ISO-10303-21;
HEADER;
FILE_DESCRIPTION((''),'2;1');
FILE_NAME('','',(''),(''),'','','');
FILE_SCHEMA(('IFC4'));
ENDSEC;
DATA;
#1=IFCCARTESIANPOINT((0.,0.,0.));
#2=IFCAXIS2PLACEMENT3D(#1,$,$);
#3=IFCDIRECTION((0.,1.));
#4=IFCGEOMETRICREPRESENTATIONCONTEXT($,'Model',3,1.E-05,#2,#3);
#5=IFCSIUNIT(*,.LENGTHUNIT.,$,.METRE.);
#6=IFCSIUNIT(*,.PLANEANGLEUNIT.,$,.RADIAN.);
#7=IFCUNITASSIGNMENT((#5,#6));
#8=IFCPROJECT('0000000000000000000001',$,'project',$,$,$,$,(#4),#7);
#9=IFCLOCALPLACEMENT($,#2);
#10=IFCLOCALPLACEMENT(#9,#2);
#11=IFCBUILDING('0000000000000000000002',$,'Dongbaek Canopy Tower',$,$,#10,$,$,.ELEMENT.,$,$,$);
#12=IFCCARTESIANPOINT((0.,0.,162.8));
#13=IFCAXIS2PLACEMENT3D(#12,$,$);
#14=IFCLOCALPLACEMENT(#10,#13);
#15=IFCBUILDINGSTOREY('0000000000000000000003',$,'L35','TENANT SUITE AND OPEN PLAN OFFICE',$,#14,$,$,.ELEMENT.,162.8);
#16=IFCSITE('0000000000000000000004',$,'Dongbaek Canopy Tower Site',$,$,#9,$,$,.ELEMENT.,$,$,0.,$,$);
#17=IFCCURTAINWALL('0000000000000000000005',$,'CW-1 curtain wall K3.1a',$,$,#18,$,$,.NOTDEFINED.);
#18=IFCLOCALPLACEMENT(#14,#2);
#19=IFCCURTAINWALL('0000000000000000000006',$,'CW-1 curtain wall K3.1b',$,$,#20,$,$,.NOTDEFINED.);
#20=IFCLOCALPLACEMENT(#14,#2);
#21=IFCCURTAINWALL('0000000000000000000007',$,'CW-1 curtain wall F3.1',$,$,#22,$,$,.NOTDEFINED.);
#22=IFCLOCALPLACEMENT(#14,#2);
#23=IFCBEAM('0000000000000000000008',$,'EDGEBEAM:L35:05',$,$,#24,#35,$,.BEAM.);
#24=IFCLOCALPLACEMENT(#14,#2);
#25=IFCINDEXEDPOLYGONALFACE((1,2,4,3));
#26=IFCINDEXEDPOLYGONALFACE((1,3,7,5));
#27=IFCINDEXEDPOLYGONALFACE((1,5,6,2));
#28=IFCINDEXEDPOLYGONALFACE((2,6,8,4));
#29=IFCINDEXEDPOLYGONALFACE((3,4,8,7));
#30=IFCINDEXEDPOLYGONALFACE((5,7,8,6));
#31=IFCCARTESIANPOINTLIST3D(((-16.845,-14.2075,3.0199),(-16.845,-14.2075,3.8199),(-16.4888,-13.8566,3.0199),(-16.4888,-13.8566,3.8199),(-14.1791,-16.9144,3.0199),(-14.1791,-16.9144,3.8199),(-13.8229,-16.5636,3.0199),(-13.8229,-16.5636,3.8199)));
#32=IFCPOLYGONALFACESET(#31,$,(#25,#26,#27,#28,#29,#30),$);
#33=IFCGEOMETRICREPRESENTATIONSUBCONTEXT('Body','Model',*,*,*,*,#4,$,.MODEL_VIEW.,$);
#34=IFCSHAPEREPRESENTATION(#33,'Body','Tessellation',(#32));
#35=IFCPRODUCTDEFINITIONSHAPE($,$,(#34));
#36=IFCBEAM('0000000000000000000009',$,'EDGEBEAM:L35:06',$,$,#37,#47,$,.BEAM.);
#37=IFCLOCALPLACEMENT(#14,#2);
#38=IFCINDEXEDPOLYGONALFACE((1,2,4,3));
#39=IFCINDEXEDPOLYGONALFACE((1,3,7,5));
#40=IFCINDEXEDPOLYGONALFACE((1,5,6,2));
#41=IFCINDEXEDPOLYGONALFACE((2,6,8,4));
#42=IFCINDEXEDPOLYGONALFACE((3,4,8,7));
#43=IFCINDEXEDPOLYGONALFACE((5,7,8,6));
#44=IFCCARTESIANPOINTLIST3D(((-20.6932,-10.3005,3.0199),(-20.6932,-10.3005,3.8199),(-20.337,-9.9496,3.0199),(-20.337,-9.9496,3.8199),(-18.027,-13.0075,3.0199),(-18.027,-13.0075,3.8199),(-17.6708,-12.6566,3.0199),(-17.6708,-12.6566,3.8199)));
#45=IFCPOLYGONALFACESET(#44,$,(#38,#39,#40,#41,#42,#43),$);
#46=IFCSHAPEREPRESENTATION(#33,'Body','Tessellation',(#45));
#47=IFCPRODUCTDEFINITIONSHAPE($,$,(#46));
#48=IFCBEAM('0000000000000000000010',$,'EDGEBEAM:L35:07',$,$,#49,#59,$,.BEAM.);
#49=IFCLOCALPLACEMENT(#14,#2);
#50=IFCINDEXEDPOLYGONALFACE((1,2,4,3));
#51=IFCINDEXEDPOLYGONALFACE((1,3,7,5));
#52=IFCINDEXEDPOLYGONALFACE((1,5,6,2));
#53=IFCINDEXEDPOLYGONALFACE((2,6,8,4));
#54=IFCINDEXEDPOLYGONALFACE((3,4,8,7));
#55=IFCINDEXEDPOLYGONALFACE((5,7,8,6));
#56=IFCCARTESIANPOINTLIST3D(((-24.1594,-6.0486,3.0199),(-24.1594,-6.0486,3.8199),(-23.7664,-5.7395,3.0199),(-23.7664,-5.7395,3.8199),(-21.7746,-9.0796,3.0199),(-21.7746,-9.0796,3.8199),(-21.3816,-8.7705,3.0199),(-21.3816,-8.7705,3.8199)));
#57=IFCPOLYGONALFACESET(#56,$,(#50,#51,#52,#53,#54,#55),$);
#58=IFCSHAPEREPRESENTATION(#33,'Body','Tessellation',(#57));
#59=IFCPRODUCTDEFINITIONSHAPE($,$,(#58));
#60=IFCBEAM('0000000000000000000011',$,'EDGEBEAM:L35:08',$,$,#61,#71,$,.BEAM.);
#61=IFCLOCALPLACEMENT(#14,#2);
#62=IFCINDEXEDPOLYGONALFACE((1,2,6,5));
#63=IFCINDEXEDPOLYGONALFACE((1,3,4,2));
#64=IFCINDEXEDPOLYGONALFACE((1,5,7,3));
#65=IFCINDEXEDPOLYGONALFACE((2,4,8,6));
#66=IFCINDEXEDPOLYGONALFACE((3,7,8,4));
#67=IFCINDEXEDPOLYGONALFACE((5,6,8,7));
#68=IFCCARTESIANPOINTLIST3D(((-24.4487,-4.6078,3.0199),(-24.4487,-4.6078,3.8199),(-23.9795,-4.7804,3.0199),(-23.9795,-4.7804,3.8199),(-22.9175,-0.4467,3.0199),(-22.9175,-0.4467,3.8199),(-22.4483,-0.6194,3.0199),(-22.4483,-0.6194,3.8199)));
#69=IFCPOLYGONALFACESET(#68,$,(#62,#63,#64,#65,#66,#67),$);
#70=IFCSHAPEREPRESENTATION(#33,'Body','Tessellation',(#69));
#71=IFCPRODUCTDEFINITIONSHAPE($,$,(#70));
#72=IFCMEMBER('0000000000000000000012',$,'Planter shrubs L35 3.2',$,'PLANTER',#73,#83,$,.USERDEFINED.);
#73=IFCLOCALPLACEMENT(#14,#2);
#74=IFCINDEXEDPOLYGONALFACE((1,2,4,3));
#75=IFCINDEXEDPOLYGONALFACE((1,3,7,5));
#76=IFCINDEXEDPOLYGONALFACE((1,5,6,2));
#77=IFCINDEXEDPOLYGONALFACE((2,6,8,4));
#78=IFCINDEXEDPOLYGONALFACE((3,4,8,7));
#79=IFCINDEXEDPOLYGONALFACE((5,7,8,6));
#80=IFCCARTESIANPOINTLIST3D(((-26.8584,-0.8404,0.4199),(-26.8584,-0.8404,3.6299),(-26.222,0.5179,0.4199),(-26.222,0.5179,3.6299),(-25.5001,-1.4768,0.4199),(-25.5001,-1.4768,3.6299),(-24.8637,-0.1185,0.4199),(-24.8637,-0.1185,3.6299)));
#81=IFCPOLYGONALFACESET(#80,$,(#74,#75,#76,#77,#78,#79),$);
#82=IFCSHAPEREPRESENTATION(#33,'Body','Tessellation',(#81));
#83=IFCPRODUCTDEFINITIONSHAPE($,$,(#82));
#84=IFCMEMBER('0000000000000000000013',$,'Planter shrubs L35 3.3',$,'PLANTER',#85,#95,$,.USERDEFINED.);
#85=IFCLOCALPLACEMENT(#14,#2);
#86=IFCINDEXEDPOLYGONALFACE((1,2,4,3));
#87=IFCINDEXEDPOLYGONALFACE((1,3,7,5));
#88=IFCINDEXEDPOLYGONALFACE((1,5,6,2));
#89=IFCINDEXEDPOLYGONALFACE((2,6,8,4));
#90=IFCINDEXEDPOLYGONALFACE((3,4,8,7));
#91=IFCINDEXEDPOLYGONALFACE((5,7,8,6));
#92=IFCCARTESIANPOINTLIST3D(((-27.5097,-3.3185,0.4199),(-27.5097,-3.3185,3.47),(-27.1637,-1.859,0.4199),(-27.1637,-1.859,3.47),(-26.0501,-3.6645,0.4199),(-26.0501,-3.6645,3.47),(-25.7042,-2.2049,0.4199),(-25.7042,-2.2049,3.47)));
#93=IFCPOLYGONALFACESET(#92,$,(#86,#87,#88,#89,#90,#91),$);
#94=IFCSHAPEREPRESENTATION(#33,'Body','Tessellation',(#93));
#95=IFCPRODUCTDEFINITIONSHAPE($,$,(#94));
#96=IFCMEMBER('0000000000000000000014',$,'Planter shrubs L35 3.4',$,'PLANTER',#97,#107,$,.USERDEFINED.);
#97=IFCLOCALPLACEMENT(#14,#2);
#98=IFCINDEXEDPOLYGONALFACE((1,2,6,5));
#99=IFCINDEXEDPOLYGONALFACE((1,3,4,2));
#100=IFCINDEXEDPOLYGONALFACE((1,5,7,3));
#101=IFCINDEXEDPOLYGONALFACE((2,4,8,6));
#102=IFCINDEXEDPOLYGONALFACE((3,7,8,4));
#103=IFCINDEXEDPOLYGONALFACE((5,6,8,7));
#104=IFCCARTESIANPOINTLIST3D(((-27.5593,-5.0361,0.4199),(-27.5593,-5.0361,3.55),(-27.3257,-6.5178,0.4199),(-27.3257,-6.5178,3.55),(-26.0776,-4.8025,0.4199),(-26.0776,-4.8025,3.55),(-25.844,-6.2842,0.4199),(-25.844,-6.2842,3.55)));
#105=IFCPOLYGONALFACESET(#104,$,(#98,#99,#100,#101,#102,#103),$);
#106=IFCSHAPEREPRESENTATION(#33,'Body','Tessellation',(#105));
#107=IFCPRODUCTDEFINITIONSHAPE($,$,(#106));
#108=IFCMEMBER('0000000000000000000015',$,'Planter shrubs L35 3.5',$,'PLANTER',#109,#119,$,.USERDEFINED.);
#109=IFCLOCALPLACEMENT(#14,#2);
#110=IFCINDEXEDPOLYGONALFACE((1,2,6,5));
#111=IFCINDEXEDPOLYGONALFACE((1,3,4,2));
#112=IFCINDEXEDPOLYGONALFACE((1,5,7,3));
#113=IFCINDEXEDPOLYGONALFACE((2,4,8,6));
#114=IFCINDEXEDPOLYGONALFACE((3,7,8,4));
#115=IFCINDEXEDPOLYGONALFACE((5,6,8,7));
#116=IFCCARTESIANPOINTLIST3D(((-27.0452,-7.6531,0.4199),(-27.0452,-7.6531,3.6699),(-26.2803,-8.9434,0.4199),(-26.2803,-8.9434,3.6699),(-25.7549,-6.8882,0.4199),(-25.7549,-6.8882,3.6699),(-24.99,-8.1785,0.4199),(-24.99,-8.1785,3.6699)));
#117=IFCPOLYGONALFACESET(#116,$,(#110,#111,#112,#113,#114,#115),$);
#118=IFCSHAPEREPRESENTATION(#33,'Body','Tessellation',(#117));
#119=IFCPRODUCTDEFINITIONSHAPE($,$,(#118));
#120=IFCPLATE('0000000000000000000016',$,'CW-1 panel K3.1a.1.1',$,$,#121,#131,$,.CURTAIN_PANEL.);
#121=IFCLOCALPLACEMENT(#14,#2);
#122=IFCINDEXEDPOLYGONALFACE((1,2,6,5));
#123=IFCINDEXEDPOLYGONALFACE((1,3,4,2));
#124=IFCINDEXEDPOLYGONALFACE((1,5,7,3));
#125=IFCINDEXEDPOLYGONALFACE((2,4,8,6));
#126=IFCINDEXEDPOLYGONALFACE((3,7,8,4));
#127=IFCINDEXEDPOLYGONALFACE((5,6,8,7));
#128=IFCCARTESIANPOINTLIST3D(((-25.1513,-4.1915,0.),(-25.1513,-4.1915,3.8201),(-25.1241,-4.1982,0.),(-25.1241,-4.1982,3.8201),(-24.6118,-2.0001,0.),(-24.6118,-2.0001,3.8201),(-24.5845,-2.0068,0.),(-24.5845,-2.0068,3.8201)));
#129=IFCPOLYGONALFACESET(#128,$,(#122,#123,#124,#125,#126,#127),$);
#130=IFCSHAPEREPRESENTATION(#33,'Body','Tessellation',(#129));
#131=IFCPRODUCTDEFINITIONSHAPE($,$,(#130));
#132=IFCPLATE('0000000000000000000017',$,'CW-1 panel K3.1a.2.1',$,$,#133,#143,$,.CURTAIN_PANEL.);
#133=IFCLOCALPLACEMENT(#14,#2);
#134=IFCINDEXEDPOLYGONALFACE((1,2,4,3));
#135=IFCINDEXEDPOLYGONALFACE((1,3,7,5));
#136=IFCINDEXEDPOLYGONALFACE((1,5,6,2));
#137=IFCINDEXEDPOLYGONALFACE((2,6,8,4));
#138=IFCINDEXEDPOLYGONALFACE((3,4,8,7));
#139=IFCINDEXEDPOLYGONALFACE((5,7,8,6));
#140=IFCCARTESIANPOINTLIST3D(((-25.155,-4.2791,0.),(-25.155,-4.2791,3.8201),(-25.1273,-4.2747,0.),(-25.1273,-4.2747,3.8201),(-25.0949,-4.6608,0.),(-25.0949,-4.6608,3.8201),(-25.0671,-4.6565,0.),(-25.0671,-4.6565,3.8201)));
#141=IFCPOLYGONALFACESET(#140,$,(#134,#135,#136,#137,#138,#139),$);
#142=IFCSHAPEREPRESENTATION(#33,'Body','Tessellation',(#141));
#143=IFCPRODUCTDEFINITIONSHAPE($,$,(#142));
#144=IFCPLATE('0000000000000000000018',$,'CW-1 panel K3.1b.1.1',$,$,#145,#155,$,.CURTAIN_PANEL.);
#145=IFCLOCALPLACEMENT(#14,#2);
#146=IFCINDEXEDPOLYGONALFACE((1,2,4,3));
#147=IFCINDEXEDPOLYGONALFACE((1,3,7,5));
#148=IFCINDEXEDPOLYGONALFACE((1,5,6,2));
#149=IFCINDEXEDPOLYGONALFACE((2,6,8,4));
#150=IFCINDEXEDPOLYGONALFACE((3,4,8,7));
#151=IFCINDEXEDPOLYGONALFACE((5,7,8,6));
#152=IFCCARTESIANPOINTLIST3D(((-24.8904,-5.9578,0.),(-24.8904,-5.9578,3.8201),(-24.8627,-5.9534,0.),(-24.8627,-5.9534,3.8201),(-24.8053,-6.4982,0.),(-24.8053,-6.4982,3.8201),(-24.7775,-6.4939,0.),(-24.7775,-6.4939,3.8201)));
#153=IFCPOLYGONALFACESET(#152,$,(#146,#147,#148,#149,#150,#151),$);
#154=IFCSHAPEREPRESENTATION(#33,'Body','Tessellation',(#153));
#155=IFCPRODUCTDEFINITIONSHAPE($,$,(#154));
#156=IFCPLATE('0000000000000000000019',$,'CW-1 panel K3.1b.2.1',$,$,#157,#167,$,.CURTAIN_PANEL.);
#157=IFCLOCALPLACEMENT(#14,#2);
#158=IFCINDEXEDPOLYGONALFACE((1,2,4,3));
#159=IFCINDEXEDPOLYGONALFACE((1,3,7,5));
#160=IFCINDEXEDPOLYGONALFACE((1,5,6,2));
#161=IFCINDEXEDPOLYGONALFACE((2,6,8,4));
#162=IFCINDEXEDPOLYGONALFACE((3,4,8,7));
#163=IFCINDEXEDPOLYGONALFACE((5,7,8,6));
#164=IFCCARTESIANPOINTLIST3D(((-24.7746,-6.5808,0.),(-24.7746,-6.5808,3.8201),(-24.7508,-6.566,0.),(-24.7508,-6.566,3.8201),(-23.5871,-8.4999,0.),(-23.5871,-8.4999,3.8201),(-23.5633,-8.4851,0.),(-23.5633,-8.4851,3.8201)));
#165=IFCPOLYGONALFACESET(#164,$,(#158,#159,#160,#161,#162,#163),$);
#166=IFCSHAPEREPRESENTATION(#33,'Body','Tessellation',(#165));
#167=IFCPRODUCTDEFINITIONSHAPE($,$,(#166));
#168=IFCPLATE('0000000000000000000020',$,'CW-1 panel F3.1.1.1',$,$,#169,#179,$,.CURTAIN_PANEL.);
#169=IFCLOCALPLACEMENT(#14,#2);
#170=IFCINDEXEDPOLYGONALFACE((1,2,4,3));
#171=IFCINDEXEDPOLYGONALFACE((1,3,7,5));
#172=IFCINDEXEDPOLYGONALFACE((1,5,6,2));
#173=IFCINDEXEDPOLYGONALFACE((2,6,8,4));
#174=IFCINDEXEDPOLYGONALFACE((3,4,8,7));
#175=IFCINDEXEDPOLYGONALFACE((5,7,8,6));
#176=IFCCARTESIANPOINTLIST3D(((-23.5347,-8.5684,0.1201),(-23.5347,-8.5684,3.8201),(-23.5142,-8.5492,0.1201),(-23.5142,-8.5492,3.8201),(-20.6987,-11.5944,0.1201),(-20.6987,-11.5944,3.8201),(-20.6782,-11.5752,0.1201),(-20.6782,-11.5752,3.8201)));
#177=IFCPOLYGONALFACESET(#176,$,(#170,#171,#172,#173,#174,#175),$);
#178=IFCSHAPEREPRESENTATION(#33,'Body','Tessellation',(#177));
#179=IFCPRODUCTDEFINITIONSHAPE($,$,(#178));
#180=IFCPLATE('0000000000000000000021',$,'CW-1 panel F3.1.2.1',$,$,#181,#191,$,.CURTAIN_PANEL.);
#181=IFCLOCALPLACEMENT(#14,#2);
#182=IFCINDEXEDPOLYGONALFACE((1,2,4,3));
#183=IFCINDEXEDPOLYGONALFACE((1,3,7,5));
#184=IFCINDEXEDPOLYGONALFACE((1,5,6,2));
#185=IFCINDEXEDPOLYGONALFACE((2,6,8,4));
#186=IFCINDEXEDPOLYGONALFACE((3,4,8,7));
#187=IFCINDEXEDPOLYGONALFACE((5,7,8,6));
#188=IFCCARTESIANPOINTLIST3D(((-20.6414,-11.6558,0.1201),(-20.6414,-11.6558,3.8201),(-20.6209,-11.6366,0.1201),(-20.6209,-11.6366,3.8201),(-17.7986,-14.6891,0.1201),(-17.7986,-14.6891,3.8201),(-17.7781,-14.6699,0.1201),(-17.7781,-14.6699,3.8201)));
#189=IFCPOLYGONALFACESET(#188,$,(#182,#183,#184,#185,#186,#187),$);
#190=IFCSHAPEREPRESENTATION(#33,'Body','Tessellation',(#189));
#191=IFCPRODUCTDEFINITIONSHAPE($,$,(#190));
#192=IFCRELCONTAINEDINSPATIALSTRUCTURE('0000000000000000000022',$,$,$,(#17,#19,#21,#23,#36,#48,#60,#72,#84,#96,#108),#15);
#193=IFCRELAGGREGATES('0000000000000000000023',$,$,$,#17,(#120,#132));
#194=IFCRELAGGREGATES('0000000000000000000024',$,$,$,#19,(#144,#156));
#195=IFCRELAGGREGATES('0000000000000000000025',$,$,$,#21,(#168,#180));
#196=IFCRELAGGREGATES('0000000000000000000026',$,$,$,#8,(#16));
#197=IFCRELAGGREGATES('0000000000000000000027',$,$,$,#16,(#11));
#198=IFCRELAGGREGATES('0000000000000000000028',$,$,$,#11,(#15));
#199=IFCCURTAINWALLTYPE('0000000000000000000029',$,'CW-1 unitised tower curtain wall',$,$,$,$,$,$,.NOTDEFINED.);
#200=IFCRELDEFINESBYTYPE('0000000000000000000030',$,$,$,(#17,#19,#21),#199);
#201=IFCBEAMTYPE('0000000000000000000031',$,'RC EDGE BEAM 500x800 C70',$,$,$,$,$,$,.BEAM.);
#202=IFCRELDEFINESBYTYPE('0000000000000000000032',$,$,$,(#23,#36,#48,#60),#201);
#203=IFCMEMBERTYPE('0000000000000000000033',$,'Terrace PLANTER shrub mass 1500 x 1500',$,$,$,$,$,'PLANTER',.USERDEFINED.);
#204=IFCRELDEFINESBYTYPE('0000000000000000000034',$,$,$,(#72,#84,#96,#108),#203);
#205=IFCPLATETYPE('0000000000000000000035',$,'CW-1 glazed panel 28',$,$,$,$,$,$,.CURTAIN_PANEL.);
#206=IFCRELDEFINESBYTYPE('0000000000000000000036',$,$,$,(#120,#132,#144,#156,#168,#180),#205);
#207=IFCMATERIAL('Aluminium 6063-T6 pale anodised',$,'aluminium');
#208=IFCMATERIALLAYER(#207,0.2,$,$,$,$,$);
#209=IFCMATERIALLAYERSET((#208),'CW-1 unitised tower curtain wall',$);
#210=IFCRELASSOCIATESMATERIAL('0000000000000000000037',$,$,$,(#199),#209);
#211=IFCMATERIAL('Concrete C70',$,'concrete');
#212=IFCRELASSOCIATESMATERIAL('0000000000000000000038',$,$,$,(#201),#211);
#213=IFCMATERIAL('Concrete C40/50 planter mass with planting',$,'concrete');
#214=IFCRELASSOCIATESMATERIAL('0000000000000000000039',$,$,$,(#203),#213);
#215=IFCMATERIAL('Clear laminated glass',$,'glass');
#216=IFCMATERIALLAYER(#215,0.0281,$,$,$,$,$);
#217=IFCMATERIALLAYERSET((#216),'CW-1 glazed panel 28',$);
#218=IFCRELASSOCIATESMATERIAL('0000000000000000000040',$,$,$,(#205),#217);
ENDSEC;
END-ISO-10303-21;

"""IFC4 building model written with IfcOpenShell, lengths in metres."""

from ifc_helpers import new_model, si_unit, direction, frame, origin, origin_2d, place, context, subcontext, project, spatial, rectangle, extrude, material, layer, layer_set, material_profile, profile_set, type_object, element, aggregate, save


model = new_model("IFC4")

# Units and contexts
model_context = context("Model", 3, precision=1e-05, world=origin(), true_north=direction((0.0, 1.0)))
body_context = subcontext(model_context, "Body", "Model", "MODEL_VIEW")
ifc_project = project(units=[si_unit("LENGTHUNIT", "METRE"), si_unit("PLANEANGLEUNIT", "RADIAN")], contexts=[model_context])

# Site, building, storey
site_placement = place(None, origin())
site = spatial("IfcSite", under=ifc_project, at=site_placement, Name="Dongbaek Canopy Tower Site", CompositionType="ELEMENT", RefElevation=0.0)
building_placement = place(site_placement, origin())
building = spatial("IfcBuilding", under=site, at=building_placement, Name="Dongbaek Canopy Tower", CompositionType="ELEMENT")
storey_placement = place(building_placement, frame((0.0, 0.0, 162.8)))
storey = spatial("IfcBuildingStorey", under=building, at=storey_placement, Name="L35", Description="TENANT SUITE AND OPEN PLAN OFFICE", CompositionType="ELEMENT", Elevation=162.8)

# Curtain walls
ifc_material_1 = material(Name="Aluminium 6063-T6 pale anodised", Category="aluminium")
ifc_layer_1 = layer(ifc_material_1, 0.2)
ifc_layer_set_1 = layer_set([ifc_layer_1], Name="CW-1 unitised tower curtain wall")
curtain_wall_type = type_object("IfcCurtainWallType", Name="CW-1 unitised tower curtain wall", PredefinedType="NOTDEFINED", material=ifc_layer_set_1)
curtain_wall_1_placement = place(storey_placement, origin())
curtain_wall_1 = element("IfcCurtainWall", 1, at=curtain_wall_1_placement, inside=storey, type_object=curtain_wall_type, Name="CW-1 curtain wall K3.1a", PredefinedType="NOTDEFINED")
curtain_wall_2_placement = place(storey_placement, origin())
curtain_wall_2 = element("IfcCurtainWall", 2, at=curtain_wall_2_placement, inside=storey, type_object=curtain_wall_type, Name="CW-1 curtain wall K3.1b", PredefinedType="NOTDEFINED")
curtain_wall_3_placement = place(storey_placement, origin())
curtain_wall_3 = element("IfcCurtainWall", 3, at=curtain_wall_3_placement, inside=storey, type_object=curtain_wall_type, Name="CW-1 curtain wall F3.1", PredefinedType="NOTDEFINED")

# Beams
ifc_material_2 = material(Name="Concrete C70", Category="concrete")
ifc_material_profile_1 = material_profile(ifc_material_2, rectangle(XDim=0.5, YDim=0.8, at=origin_2d()), Name="RC EDGE BEAM 500x800 C70")
ifc_profile_set_1 = profile_set([ifc_material_profile_1], Name="Concrete C70")
beam_type = type_object("IfcBeamType", Name="RC EDGE BEAM 500x800 C70", PredefinedType="BEAM", material=ifc_profile_set_1)
beam_1_placement = place(storey_placement, frame((-14.001, -16.739, 3.4199), z_axis=(-0.701689, 0.712484, 0.0), x_axis=(-0.712484, -0.701689, 0.0)))
element("IfcBeam", 4, at=beam_1_placement, inside=storey, type_object=beam_type, Name="EDGEBEAM:L35:05", PredefinedType="BEAM", context=body_context, shape_type="SweptSolid", body=[
    extrude(rectangle(XDim=0.5, YDim=0.8, at=origin_2d()), origin(), (0.0, 0.0, 1.0), 3.7993),
])
beam_2_placement = place(storey_placement, frame((-17.8489, -12.832, 3.4199), z_axis=(-0.701721, 0.712452, 0.0), x_axis=(-0.712452, -0.701721, 0.0)))
element("IfcBeam", 5, at=beam_2_placement, inside=storey, type_object=beam_type, Name="EDGEBEAM:L35:06", PredefinedType="BEAM", context=body_context, shape_type="SweptSolid", body=[
    extrude(rectangle(XDim=0.5, YDim=0.8, at=origin_2d()), origin(), (0.0, 0.0, 1.0), 3.7996),
])
beam_3_placement = place(storey_placement, frame((-21.5781, -8.925, 3.4199), z_axis=(-0.618344, 0.785907, 0.0), x_axis=(-0.785907, -0.618344, 0.0)))
element("IfcBeam", 6, at=beam_3_placement, inside=storey, type_object=beam_type, Name="EDGEBEAM:L35:07", PredefinedType="BEAM", context=body_context, shape_type="SweptSolid", body=[
    extrude(rectangle(XDim=0.5, YDim=0.8, at=origin_2d()), origin(), (0.0, 0.0, 1.0), 3.8567),
])
beam_4_placement = place(storey_placement, frame((-24.2141, -4.6941, 3.4199), z_axis=(0.345348, 0.938475, 0.0), x_axis=(-0.938475, 0.345348, 0.0)))
element("IfcBeam", 7, at=beam_4_placement, inside=storey, type_object=beam_type, Name="EDGEBEAM:L35:08", PredefinedType="BEAM", context=body_context, shape_type="SweptSolid", body=[
    extrude(rectangle(XDim=0.5, YDim=0.8, at=origin_2d()), origin(), (0.0, 0.0, 1.0), 4.4338),
])

# Members
ifc_material_3 = material(Name="Concrete C40/50 planter mass with planting", Category="concrete")
ifc_material_profile_2 = material_profile(ifc_material_3, rectangle(XDim=1.5, YDim=1.5, at=origin_2d()), Name="Terrace PLANTER shrub mass 1500 x 1500")
ifc_profile_set_2 = profile_set([ifc_material_profile_2], Name="Concrete C40/50 planter mass with planting")
member_type_1 = type_object("IfcMemberType", Name="Terrace PLANTER shrub mass 1500 x 1500", ElementType="PLANTER", PredefinedType="USERDEFINED", material=ifc_profile_set_2)
member_1_placement = place(storey_placement, frame((-25.8611, -0.4795, 0.4199), z_axis=(0.0, 0.0, 1.0), x_axis=(-0.905534, 0.424273, 0.0)))
element("IfcMember", 8, at=member_1_placement, inside=storey, type_object=member_type_1, Name="Planter shrubs L35 3.2", ObjectType="PLANTER", PredefinedType="USERDEFINED", context=body_context, shape_type="SweptSolid", body=[
    extrude(rectangle(XDim=1.5, YDim=1.5, at=origin_2d()), origin(), (0.0, 0.0, 1.0), 3.21),
])
member_2_placement = place(storey_placement, frame((-26.6069, -2.7617, 0.4199), z_axis=(0.0, 0.0, 1.0), x_axis=(-0.973042, 0.23063, 0.0)))
element("IfcMember", 9, at=member_2_placement, inside=storey, type_object=member_type_1, Name="Planter shrubs L35 3.3", ObjectType="PLANTER", PredefinedType="USERDEFINED", context=body_context, shape_type="SweptSolid", body=[
    extrude(rectangle(XDim=1.5, YDim=1.5, at=origin_2d()), origin(), (0.0, 0.0, 1.0), 3.05),
])
member_3_placement = place(storey_placement, frame((-26.7017, -5.6602, 0.4199), z_axis=(0.0, 0.0, 1.0), x_axis=(-0.987803, -0.15571, 0.0)))
element("IfcMember", 10, at=member_3_placement, inside=storey, type_object=member_type_1, Name="Planter shrubs L35 3.4", ObjectType="PLANTER", PredefinedType="USERDEFINED", context=body_context, shape_type="SweptSolid", body=[
    extrude(rectangle(XDim=1.5, YDim=1.5, at=origin_2d()), origin(), (0.0, 0.0, 1.0), 3.1301),
])
member_4_placement = place(storey_placement, frame((-26.0176, -7.9158, 0.4199), z_axis=(0.0, 0.0, 1.0), x_axis=(-0.860205, -0.509949, 0.0)))
element("IfcMember", 11, at=member_4_placement, inside=storey, type_object=member_type_1, Name="Planter shrubs L35 3.5", ObjectType="PLANTER", PredefinedType="USERDEFINED", context=body_context, shape_type="SweptSolid", body=[
    extrude(rectangle(XDim=1.5, YDim=1.5, at=origin_2d()), origin(), (0.0, 0.0, 1.0), 3.25),
])

# Plates
ifc_material_4 = material(Name="Clear laminated glass", Category="glass")
ifc_layer_2 = layer(ifc_material_4, 0.0281)
ifc_layer_set_2 = layer_set([ifc_layer_2], Name="CW-1 glazed panel 28")
plate_type = type_object("IfcPlateType", Name="CW-1 glazed panel 28", PredefinedType="CURTAIN_PANEL", material=ifc_layer_set_2)
plate_1_placement = place(storey_placement, frame((-24.8679, -3.0991, 0.0), z_axis=(0.0, 0.0, 1.0), x_axis=(-0.239077, -0.971001, 0.0)))
plate_1 = element("IfcPlate", 12, at=plate_1_placement, type_object=plate_type, Name="CW-1 panel K3.1a.1.1", PredefinedType="CURTAIN_PANEL", context=body_context, shape_type="SweptSolid", body=[
    extrude(rectangle(XDim=2.2568, YDim=0.0281, at=origin_2d()), origin(), (0.0, 0.0, 1.0), 3.8201),
])
plate_2_placement = place(storey_placement, frame((-25.1111, -4.4678, 0.0), z_axis=(0.0, 0.0, 1.0), x_axis=(0.15571, -0.987803, 0.0)))
plate_2 = element("IfcPlate", 13, at=plate_2_placement, type_object=plate_type, Name="CW-1 panel K3.1a.2.1", PredefinedType="CURTAIN_PANEL", context=body_context, shape_type="SweptSolid", body=[
    extrude(rectangle(XDim=0.3865, YDim=0.0281, at=origin_2d()), origin(), (0.0, 0.0, 1.0), 3.8201),
])
aggregate(curtain_wall_1, [plate_1, plate_2])
plate_3_placement = place(storey_placement, frame((-24.834, -6.2258, 0.0), z_axis=(0.0, 0.0, 1.0), x_axis=(0.15571, -0.987803, 0.0)))
plate_3 = element("IfcPlate", 14, at=plate_3_placement, type_object=plate_type, Name="CW-1 panel K3.1b.1.1", PredefinedType="CURTAIN_PANEL", context=body_context, shape_type="SweptSolid", body=[
    extrude(rectangle(XDim=0.5471, YDim=0.0281, at=origin_2d()), origin(), (0.0, 0.0, 1.0), 3.8201),
])
plate_4_placement = place(storey_placement, frame((-24.1689, -7.533, 0.0), z_axis=(0.0, 0.0, 1.0), x_axis=(0.526184, -0.85037, 0.0)))
plate_4 = element("IfcPlate", 15, at=plate_4_placement, type_object=plate_type, Name="CW-1 panel K3.1b.2.1", PredefinedType="CURTAIN_PANEL", context=body_context, shape_type="SweptSolid", body=[
    extrude(rectangle(XDim=2.2568, YDim=0.0281, at=origin_2d()), origin(), (0.0, 0.0, 1.0), 3.8201),
])
aggregate(curtain_wall_2, [plate_3, plate_4])
plate_5_placement = place(storey_placement, frame((-22.1064, -10.0718, 0.1201), z_axis=(0.0, 0.0, 1.0), x_axis=(0.683822, -0.729649, 0.0)))
plate_5 = element("IfcPlate", 16, at=plate_5_placement, type_object=plate_type, Name="CW-1 panel F3.1.1.1", PredefinedType="CURTAIN_PANEL", context=body_context, shape_type="SweptSolid", body=[
    extrude(rectangle(XDim=4.1472, YDim=0.0281, at=origin_2d()), origin(), (0.0, 0.0, 1.0), 3.7),
])
plate_6_placement = place(storey_placement, frame((-19.2097, -13.1628, 0.1201), z_axis=(0.0, 0.0, 1.0), x_axis=(0.683822, -0.729649, 0.0)))
plate_6 = element("IfcPlate", 17, at=plate_6_placement, type_object=plate_type, Name="CW-1 panel F3.1.2.1", PredefinedType="CURTAIN_PANEL", context=body_context, shape_type="SweptSolid", body=[
    extrude(rectangle(XDim=4.1572, YDim=0.0281, at=origin_2d()), origin(), (0.0, 0.0, 1.0), 3.7),
])

aggregate(curtain_wall_3, [plate_5, plate_6])

save(model, "model.ifc")
